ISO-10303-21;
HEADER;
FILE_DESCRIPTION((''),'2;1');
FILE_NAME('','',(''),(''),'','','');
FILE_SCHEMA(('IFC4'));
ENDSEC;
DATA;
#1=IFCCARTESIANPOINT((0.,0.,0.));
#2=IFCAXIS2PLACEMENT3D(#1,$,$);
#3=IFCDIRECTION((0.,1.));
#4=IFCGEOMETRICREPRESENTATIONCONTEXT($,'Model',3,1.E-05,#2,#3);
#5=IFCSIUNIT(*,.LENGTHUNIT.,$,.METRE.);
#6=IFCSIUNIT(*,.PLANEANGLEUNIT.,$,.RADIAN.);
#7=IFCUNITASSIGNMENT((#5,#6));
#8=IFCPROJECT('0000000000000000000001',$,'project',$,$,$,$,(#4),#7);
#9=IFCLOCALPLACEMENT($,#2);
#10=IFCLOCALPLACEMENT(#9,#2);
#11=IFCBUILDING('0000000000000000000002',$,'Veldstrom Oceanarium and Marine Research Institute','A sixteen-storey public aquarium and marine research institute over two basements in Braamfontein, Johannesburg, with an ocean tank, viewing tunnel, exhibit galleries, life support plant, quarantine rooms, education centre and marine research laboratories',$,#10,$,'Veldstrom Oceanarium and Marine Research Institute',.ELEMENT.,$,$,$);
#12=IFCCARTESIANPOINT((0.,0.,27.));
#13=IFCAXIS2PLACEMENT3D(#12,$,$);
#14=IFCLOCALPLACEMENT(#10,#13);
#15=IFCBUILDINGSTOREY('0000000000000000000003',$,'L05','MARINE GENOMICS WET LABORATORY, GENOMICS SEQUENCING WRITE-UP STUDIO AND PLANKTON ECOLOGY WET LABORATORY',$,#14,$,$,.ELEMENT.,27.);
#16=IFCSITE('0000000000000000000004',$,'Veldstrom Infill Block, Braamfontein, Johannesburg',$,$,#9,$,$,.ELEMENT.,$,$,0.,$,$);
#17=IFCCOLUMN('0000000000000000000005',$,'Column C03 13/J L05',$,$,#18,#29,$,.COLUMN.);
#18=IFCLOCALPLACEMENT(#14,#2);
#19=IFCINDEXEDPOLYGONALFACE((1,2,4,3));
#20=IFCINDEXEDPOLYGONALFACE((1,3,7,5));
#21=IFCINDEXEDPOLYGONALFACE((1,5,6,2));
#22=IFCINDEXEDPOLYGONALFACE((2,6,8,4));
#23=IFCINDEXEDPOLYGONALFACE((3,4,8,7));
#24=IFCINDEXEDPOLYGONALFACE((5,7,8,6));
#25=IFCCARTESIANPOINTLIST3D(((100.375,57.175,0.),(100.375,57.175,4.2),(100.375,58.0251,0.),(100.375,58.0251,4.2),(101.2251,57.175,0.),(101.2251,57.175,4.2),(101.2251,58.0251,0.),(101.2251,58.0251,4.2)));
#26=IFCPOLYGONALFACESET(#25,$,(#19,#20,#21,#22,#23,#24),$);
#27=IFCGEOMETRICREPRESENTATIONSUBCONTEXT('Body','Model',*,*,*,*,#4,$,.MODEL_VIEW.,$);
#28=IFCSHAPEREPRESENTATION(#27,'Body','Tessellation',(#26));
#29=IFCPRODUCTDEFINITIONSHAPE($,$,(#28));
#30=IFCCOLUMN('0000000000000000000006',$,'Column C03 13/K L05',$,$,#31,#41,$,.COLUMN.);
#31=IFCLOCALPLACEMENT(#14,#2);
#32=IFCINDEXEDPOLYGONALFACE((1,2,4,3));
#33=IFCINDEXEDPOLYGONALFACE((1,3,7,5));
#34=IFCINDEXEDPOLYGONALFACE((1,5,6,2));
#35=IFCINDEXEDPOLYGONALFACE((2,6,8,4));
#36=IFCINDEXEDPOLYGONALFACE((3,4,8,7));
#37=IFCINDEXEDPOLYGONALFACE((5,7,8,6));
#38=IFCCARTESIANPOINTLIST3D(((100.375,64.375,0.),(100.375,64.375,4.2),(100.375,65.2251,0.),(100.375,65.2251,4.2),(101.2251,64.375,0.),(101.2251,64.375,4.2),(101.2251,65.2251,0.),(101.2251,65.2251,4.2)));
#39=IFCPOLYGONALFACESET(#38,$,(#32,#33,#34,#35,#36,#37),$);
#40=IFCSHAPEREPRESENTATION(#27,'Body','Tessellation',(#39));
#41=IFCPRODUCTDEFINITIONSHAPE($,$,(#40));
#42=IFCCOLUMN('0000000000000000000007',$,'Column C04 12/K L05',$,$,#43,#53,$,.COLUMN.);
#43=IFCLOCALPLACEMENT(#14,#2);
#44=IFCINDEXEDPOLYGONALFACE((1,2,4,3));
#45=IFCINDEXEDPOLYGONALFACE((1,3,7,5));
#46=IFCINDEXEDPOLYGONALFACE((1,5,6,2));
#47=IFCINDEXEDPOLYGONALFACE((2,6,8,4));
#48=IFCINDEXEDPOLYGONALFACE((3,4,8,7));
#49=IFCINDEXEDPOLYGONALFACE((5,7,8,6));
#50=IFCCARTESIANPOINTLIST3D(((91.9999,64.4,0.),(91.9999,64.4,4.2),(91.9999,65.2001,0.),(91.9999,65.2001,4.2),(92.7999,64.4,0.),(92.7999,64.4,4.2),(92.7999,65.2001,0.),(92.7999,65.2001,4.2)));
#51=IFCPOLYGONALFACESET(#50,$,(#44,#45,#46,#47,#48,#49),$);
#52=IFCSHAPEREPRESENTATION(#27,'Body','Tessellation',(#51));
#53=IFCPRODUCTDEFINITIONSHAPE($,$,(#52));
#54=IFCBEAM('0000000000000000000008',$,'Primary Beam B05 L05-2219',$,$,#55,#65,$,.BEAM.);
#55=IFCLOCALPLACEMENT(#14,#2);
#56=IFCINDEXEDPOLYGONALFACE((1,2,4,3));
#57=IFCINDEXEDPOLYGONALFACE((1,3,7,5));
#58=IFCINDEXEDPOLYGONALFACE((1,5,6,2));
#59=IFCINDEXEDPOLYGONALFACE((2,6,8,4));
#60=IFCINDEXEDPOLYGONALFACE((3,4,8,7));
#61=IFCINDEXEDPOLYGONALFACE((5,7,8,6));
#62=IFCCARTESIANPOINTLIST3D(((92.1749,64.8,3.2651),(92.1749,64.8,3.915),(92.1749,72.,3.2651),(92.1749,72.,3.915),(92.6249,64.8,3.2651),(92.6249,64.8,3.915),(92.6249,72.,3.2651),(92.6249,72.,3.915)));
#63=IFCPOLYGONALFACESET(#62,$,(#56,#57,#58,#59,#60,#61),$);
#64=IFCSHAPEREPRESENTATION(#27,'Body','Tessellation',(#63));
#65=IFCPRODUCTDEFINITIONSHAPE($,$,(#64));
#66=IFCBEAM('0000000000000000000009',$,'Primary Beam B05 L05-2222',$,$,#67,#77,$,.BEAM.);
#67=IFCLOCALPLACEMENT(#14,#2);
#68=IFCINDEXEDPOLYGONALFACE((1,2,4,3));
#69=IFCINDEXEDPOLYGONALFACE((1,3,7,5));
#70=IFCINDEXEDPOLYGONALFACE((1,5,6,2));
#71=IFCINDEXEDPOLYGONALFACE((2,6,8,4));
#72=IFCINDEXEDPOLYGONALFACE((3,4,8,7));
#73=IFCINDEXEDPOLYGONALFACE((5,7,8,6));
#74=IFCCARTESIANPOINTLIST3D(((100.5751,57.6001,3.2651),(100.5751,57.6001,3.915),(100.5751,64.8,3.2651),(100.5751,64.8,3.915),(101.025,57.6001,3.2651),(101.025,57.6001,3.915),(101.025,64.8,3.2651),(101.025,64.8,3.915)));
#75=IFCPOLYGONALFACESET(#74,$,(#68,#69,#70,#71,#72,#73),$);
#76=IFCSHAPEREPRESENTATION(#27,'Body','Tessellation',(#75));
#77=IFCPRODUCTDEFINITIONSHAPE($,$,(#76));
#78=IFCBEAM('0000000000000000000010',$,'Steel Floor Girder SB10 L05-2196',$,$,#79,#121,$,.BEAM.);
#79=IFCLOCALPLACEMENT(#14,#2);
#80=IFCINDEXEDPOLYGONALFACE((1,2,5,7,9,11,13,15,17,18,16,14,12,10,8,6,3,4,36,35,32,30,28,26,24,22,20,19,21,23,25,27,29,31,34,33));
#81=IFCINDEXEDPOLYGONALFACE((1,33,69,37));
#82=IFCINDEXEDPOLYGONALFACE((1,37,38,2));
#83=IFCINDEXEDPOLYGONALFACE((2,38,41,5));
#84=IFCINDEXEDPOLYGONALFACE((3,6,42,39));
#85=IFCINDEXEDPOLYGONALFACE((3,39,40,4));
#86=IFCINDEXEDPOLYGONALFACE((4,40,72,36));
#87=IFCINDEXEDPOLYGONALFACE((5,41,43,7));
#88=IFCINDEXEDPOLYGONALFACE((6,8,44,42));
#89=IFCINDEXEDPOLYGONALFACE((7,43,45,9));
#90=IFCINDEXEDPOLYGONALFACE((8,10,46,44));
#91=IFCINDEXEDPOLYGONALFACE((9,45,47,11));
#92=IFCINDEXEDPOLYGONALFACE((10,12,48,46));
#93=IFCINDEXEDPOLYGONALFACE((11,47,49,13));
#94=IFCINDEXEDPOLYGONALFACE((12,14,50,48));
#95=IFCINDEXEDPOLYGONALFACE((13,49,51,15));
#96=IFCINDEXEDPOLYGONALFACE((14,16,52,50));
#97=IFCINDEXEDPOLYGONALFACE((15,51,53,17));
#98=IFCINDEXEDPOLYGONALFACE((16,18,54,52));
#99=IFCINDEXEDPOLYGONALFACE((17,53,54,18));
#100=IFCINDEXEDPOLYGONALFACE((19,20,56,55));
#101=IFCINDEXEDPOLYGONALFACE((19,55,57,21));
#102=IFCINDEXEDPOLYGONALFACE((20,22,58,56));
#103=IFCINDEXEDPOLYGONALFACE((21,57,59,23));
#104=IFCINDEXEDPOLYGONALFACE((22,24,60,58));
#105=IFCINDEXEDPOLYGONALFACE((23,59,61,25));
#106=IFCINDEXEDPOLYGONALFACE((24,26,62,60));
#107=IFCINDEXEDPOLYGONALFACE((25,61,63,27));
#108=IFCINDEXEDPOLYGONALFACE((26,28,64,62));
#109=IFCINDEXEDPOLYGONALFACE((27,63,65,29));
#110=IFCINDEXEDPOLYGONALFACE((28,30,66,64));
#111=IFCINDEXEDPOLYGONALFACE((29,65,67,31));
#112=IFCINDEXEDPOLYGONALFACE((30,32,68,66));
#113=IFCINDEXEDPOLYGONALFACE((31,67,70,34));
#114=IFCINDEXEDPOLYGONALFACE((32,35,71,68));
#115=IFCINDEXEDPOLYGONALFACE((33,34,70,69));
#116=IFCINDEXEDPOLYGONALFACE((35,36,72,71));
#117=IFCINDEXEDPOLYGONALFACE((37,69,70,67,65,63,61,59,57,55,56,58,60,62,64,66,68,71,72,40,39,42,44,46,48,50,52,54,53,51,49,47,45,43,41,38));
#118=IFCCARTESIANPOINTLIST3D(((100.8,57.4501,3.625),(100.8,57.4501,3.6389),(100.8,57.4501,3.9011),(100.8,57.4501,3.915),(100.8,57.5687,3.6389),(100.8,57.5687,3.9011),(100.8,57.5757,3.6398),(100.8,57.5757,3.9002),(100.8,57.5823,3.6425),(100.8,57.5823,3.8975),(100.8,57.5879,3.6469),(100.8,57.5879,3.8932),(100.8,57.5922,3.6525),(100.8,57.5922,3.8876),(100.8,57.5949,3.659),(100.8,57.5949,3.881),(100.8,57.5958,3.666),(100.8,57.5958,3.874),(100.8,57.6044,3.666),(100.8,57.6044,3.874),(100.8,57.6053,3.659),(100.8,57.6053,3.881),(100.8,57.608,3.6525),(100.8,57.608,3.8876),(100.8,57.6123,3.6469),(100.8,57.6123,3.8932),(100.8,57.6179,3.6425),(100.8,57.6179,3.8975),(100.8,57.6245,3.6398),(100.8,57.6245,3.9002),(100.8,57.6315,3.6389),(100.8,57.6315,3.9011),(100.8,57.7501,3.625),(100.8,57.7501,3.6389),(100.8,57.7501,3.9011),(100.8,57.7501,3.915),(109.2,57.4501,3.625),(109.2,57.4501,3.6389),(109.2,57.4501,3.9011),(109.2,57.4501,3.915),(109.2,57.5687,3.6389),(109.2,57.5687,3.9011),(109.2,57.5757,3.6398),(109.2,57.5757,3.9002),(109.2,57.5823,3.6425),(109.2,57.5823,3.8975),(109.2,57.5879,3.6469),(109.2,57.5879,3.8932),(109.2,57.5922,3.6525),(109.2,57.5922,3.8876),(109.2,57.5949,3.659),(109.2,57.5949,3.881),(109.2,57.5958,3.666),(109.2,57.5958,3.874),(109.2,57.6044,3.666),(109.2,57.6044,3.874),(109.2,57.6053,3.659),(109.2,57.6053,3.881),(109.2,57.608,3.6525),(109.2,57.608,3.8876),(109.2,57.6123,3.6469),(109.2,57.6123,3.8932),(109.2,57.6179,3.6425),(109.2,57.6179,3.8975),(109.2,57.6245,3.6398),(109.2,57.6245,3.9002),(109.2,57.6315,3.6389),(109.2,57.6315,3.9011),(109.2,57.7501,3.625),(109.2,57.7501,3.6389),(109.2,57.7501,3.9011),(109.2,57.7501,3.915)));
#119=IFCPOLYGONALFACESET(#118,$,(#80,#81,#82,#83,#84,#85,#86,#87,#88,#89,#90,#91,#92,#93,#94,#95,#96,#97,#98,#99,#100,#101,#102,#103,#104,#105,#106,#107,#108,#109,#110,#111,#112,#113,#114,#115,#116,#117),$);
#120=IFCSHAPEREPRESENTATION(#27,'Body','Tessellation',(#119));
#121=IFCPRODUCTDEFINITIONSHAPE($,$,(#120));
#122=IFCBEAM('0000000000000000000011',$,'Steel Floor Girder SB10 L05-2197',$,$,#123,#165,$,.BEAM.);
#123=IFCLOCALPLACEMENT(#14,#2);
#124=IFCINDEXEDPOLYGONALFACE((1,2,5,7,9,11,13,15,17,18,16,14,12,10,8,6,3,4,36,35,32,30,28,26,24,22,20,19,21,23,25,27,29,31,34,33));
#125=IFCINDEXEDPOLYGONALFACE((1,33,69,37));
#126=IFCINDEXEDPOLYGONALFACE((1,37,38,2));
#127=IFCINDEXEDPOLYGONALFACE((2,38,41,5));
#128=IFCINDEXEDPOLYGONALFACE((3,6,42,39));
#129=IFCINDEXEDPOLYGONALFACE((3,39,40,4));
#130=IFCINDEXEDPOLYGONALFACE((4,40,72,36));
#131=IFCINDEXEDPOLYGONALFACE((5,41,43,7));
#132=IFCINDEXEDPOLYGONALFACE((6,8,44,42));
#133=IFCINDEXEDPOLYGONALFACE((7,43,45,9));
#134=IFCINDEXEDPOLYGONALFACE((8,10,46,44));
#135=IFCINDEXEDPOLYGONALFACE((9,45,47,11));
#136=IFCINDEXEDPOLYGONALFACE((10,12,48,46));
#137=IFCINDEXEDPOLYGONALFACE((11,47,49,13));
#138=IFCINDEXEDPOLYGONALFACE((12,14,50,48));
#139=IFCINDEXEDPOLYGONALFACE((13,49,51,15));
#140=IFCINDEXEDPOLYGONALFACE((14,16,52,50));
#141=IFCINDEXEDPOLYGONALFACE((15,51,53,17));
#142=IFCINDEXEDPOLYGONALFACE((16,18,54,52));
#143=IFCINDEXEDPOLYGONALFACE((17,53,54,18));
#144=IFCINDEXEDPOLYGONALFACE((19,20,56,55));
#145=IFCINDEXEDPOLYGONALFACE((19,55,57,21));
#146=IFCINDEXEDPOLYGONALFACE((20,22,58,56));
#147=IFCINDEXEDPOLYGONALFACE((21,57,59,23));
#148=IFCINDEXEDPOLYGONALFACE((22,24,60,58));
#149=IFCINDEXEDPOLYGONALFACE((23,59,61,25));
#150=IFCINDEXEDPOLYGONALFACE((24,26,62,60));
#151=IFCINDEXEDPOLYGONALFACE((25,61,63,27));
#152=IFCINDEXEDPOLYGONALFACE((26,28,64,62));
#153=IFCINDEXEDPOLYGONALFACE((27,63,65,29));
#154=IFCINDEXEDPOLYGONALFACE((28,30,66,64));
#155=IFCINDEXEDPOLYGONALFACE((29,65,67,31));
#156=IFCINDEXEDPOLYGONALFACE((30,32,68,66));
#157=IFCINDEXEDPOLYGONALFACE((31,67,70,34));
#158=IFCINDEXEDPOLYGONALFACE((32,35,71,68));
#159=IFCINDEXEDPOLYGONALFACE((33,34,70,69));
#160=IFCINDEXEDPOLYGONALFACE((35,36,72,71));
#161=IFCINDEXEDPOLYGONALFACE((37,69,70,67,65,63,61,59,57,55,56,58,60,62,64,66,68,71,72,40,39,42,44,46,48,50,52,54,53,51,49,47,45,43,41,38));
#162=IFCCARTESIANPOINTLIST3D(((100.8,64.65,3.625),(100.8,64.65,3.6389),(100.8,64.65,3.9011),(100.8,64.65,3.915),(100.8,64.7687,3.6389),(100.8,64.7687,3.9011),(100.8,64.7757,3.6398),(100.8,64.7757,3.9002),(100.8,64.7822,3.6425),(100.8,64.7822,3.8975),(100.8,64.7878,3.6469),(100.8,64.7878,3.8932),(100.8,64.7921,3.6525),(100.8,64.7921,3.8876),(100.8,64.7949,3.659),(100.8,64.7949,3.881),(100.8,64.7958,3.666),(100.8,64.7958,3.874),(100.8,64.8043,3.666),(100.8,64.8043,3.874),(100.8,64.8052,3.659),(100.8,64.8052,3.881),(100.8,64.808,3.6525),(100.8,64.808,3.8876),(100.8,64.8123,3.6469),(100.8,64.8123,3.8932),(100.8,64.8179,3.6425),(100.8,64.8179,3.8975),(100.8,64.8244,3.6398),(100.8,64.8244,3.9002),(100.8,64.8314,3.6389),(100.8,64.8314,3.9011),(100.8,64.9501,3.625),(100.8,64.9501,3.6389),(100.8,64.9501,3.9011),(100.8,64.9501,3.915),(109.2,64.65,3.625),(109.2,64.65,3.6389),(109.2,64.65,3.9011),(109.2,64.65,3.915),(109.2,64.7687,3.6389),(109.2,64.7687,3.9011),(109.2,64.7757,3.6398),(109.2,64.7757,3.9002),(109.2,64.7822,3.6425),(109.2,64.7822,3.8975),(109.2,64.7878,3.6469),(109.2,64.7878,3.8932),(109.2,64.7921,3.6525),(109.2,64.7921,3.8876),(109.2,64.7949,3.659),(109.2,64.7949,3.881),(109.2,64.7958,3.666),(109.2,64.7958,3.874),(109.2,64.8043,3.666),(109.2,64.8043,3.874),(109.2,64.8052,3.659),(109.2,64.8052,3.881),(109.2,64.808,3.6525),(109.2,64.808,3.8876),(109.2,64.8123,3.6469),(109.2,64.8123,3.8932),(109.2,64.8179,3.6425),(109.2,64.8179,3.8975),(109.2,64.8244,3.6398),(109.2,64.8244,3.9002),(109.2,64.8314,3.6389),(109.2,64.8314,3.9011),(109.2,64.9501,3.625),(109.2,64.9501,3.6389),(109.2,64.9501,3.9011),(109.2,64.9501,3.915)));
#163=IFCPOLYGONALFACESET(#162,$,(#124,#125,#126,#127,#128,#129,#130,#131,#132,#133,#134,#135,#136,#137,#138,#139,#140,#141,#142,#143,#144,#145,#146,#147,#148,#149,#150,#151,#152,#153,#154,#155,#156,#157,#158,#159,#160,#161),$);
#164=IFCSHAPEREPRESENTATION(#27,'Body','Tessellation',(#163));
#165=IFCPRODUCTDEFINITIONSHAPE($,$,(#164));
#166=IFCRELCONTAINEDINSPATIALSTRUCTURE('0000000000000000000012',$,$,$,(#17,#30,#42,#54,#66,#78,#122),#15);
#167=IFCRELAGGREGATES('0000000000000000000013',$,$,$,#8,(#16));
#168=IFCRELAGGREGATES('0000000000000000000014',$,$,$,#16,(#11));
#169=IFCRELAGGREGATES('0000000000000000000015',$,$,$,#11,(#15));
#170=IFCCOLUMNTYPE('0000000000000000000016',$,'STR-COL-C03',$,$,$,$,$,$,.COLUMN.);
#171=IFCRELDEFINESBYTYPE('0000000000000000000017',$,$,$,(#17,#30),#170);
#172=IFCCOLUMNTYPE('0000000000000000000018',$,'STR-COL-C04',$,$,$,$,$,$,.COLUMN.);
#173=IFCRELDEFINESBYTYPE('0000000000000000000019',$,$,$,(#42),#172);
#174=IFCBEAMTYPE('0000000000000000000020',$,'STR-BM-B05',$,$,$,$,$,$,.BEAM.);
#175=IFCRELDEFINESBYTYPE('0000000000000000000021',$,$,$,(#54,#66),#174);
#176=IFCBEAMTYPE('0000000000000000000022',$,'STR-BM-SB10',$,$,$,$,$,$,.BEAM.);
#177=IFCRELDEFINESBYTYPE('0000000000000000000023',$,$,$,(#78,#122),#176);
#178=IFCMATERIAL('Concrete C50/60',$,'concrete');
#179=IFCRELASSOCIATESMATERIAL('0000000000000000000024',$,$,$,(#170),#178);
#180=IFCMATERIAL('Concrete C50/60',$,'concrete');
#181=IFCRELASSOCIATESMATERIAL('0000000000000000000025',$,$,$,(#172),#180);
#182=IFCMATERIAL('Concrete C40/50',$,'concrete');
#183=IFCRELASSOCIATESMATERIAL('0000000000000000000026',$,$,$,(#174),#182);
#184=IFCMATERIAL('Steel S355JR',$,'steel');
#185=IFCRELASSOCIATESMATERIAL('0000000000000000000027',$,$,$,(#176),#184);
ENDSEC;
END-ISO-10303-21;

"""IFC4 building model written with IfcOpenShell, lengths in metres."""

from ifc_helpers import new_model, si_unit, direction, frame, origin, origin_2d, place, context, subcontext, project, spatial, rectangle, i_section, extrude, material, material_profile, profile_set, type_object, element, save


model = new_model("IFC4")

# Units and contexts
model_context = context("Model", 3, precision=1e-05, world=origin(), true_north=direction((0.0, 1.0)))
body_context = subcontext(model_context, "Body", "Model", "MODEL_VIEW")
ifc_project = project(units=[si_unit("LENGTHUNIT", "METRE"), si_unit("PLANEANGLEUNIT", "RADIAN")], contexts=[model_context])

# Site, building, storey
site_placement = place(None, origin())
site = spatial("IfcSite", under=ifc_project, at=site_placement, Name="Veldstrom Infill Block, Braamfontein, Johannesburg", CompositionType="ELEMENT", RefElevation=0.0)
building_placement = place(site_placement, origin())
building = spatial("IfcBuilding", under=site, at=building_placement, Name="Veldstrom Oceanarium and Marine Research Institute", Description="A sixteen-storey public aquarium and marine research institute over two basements in Braamfontein, Johannesburg, with an ocean tank, viewing tunnel, exhibit galleries, life support plant, quarantine rooms, education centre and marine research laboratories", LongName="Veldstrom Oceanarium and Marine Research Institute", CompositionType="ELEMENT")
storey_placement = place(building_placement, frame((0.0, 0.0, 27.0)))
storey = spatial("IfcBuildingStorey", under=building, at=storey_placement, Name="L05", Description="MARINE GENOMICS WET LABORATORY, GENOMICS SEQUENCING WRITE-UP STUDIO AND PLANKTON ECOLOGY WET LABORATORY", CompositionType="ELEMENT", Elevation=27.0)

# Columns
ifc_material_1 = material(Name="Concrete C50/60", Category="concrete")
ifc_material_profile_1 = material_profile(ifc_material_1, rectangle(XDim=0.8501, YDim=0.8501, at=origin_2d()), Name="RC-COL-850x850")
ifc_profile_set_1 = profile_set([ifc_material_profile_1], Name="Concrete C50/60")
column_type_1 = type_object("IfcColumnType", Name="STR-COL-C03", PredefinedType="COLUMN", material=ifc_profile_set_1)
for number, where, z_axis, x_axis, name in (
    (1, (100.8, 57.6001, 0.0), (0.0, 0.0, 1.0), (1.0, 0.0, 0.0), "Column C03 13/J L05"),
    (2, (100.8, 64.8, 0.0), (0.0, 0.0, 1.0), (1.0, 0.0, 0.0), "Column C03 13/K L05"),
):
    element("IfcColumn", number, at=place(storey_placement, frame(where, z_axis=z_axis, x_axis=x_axis)), inside=storey, type_object=column_type_1, Name=name, PredefinedType="COLUMN", context=body_context, shape_type="SweptSolid", body=[
        extrude(rectangle(XDim=0.8501, YDim=0.8501, at=origin_2d()), origin(), (0.0, 0.0, 1.0), 4.2),
    ])
ifc_material_2 = material(Name="Concrete C50/60", Category="concrete")
ifc_material_profile_2 = material_profile(ifc_material_2, rectangle(XDim=0.8, YDim=0.8, at=origin_2d()), Name="RC-COL-800x800")
ifc_profile_set_2 = profile_set([ifc_material_profile_2], Name="Concrete C50/60")
column_type_2 = type_object("IfcColumnType", Name="STR-COL-C04", PredefinedType="COLUMN", material=ifc_profile_set_2)
column_placement = place(storey_placement, frame((92.3999, 64.8, 0.0), z_axis=(0.0, 0.0, 1.0), x_axis=(1.0, 0.0, 0.0)))
element("IfcColumn", 3, at=column_placement, inside=storey, type_object=column_type_2, Name="Column C04 12/K L05", PredefinedType="COLUMN", context=body_context, shape_type="SweptSolid", body=[
    extrude(rectangle(XDim=0.8, YDim=0.8, at=origin_2d()), origin(), (0.0, 0.0, 1.0), 4.2),
])

# Beams
ifc_material_3 = material(Name="Concrete C40/50", Category="concrete")
ifc_material_profile_3 = material_profile(ifc_material_3, rectangle(XDim=0.45, YDim=0.6499, at=origin_2d()), Name="RC-BM-450x650")
ifc_profile_set_3 = profile_set([ifc_material_profile_3], Name="Concrete C40/50")
beam_type_1 = type_object("IfcBeamType", Name="STR-BM-B05", PredefinedType="BEAM", material=ifc_profile_set_3)
for number, where, z_axis, x_axis, name in (
    (4, (92.3999, 64.8, 3.5901), (0.0, 1.0, 0.0), (-1.0, 0.0, 0.0), "Primary Beam B05 L05-2219"),
    (5, (100.8, 57.6001, 3.5901), (0.0, 1.0, 0.0), (-1.0, 0.0, 0.0), "Primary Beam B05 L05-2222"),
):
    element("IfcBeam", number, at=place(storey_placement, frame(where, z_axis=z_axis, x_axis=x_axis)), inside=storey, type_object=beam_type_1, Name=name, PredefinedType="BEAM", context=body_context, shape_type="SweptSolid", body=[
        extrude(rectangle(XDim=0.45, YDim=0.6499, at=origin_2d()), origin(), (0.0, 0.0, 1.0), 7.2),
    ])
ifc_material_4 = material(Name="Steel S355JR", Category="steel")
ifc_material_profile_4 = material_profile(ifc_material_4, i_section(OverallWidth=0.3, OverallDepth=0.29, WebThickness=0.0085, FlangeThickness=0.0139, FilletRadius=0.0271, at=origin_2d()), Name="HEA 300")
ifc_profile_set_4 = profile_set([ifc_material_profile_4], Name="Steel S355JR")
beam_type_2 = type_object("IfcBeamType", Name="STR-BM-SB10", PredefinedType="BEAM", material=ifc_profile_set_4)
for number, where, z_axis, x_axis, name in (
    (6, (100.8, 57.6001, 3.77), (1.0, 0.0, 0.0), (0.0, 1.0, 0.0), "Steel Floor Girder SB10 L05-2196"),
    (7, (100.8, 64.8, 3.77), (1.0, 0.0, 0.0), (0.0, 1.0, 0.0), "Steel Floor Girder SB10 L05-2197"),
):
    element("IfcBeam", number, at=place(storey_placement, frame(where, z_axis=z_axis, x_axis=x_axis)), inside=storey, type_object=beam_type_2, Name=name, PredefinedType="BEAM", context=body_context, shape_type="SweptSolid", body=[
        extrude(i_section(OverallWidth=0.3, OverallDepth=0.29, WebThickness=0.0085, FlangeThickness=0.0139, FilletRadius=0.0271, at=origin_2d()), origin(), (0.0, 0.0, 1.0), 8.3999),
    ])

save(model, "model.ifc")
